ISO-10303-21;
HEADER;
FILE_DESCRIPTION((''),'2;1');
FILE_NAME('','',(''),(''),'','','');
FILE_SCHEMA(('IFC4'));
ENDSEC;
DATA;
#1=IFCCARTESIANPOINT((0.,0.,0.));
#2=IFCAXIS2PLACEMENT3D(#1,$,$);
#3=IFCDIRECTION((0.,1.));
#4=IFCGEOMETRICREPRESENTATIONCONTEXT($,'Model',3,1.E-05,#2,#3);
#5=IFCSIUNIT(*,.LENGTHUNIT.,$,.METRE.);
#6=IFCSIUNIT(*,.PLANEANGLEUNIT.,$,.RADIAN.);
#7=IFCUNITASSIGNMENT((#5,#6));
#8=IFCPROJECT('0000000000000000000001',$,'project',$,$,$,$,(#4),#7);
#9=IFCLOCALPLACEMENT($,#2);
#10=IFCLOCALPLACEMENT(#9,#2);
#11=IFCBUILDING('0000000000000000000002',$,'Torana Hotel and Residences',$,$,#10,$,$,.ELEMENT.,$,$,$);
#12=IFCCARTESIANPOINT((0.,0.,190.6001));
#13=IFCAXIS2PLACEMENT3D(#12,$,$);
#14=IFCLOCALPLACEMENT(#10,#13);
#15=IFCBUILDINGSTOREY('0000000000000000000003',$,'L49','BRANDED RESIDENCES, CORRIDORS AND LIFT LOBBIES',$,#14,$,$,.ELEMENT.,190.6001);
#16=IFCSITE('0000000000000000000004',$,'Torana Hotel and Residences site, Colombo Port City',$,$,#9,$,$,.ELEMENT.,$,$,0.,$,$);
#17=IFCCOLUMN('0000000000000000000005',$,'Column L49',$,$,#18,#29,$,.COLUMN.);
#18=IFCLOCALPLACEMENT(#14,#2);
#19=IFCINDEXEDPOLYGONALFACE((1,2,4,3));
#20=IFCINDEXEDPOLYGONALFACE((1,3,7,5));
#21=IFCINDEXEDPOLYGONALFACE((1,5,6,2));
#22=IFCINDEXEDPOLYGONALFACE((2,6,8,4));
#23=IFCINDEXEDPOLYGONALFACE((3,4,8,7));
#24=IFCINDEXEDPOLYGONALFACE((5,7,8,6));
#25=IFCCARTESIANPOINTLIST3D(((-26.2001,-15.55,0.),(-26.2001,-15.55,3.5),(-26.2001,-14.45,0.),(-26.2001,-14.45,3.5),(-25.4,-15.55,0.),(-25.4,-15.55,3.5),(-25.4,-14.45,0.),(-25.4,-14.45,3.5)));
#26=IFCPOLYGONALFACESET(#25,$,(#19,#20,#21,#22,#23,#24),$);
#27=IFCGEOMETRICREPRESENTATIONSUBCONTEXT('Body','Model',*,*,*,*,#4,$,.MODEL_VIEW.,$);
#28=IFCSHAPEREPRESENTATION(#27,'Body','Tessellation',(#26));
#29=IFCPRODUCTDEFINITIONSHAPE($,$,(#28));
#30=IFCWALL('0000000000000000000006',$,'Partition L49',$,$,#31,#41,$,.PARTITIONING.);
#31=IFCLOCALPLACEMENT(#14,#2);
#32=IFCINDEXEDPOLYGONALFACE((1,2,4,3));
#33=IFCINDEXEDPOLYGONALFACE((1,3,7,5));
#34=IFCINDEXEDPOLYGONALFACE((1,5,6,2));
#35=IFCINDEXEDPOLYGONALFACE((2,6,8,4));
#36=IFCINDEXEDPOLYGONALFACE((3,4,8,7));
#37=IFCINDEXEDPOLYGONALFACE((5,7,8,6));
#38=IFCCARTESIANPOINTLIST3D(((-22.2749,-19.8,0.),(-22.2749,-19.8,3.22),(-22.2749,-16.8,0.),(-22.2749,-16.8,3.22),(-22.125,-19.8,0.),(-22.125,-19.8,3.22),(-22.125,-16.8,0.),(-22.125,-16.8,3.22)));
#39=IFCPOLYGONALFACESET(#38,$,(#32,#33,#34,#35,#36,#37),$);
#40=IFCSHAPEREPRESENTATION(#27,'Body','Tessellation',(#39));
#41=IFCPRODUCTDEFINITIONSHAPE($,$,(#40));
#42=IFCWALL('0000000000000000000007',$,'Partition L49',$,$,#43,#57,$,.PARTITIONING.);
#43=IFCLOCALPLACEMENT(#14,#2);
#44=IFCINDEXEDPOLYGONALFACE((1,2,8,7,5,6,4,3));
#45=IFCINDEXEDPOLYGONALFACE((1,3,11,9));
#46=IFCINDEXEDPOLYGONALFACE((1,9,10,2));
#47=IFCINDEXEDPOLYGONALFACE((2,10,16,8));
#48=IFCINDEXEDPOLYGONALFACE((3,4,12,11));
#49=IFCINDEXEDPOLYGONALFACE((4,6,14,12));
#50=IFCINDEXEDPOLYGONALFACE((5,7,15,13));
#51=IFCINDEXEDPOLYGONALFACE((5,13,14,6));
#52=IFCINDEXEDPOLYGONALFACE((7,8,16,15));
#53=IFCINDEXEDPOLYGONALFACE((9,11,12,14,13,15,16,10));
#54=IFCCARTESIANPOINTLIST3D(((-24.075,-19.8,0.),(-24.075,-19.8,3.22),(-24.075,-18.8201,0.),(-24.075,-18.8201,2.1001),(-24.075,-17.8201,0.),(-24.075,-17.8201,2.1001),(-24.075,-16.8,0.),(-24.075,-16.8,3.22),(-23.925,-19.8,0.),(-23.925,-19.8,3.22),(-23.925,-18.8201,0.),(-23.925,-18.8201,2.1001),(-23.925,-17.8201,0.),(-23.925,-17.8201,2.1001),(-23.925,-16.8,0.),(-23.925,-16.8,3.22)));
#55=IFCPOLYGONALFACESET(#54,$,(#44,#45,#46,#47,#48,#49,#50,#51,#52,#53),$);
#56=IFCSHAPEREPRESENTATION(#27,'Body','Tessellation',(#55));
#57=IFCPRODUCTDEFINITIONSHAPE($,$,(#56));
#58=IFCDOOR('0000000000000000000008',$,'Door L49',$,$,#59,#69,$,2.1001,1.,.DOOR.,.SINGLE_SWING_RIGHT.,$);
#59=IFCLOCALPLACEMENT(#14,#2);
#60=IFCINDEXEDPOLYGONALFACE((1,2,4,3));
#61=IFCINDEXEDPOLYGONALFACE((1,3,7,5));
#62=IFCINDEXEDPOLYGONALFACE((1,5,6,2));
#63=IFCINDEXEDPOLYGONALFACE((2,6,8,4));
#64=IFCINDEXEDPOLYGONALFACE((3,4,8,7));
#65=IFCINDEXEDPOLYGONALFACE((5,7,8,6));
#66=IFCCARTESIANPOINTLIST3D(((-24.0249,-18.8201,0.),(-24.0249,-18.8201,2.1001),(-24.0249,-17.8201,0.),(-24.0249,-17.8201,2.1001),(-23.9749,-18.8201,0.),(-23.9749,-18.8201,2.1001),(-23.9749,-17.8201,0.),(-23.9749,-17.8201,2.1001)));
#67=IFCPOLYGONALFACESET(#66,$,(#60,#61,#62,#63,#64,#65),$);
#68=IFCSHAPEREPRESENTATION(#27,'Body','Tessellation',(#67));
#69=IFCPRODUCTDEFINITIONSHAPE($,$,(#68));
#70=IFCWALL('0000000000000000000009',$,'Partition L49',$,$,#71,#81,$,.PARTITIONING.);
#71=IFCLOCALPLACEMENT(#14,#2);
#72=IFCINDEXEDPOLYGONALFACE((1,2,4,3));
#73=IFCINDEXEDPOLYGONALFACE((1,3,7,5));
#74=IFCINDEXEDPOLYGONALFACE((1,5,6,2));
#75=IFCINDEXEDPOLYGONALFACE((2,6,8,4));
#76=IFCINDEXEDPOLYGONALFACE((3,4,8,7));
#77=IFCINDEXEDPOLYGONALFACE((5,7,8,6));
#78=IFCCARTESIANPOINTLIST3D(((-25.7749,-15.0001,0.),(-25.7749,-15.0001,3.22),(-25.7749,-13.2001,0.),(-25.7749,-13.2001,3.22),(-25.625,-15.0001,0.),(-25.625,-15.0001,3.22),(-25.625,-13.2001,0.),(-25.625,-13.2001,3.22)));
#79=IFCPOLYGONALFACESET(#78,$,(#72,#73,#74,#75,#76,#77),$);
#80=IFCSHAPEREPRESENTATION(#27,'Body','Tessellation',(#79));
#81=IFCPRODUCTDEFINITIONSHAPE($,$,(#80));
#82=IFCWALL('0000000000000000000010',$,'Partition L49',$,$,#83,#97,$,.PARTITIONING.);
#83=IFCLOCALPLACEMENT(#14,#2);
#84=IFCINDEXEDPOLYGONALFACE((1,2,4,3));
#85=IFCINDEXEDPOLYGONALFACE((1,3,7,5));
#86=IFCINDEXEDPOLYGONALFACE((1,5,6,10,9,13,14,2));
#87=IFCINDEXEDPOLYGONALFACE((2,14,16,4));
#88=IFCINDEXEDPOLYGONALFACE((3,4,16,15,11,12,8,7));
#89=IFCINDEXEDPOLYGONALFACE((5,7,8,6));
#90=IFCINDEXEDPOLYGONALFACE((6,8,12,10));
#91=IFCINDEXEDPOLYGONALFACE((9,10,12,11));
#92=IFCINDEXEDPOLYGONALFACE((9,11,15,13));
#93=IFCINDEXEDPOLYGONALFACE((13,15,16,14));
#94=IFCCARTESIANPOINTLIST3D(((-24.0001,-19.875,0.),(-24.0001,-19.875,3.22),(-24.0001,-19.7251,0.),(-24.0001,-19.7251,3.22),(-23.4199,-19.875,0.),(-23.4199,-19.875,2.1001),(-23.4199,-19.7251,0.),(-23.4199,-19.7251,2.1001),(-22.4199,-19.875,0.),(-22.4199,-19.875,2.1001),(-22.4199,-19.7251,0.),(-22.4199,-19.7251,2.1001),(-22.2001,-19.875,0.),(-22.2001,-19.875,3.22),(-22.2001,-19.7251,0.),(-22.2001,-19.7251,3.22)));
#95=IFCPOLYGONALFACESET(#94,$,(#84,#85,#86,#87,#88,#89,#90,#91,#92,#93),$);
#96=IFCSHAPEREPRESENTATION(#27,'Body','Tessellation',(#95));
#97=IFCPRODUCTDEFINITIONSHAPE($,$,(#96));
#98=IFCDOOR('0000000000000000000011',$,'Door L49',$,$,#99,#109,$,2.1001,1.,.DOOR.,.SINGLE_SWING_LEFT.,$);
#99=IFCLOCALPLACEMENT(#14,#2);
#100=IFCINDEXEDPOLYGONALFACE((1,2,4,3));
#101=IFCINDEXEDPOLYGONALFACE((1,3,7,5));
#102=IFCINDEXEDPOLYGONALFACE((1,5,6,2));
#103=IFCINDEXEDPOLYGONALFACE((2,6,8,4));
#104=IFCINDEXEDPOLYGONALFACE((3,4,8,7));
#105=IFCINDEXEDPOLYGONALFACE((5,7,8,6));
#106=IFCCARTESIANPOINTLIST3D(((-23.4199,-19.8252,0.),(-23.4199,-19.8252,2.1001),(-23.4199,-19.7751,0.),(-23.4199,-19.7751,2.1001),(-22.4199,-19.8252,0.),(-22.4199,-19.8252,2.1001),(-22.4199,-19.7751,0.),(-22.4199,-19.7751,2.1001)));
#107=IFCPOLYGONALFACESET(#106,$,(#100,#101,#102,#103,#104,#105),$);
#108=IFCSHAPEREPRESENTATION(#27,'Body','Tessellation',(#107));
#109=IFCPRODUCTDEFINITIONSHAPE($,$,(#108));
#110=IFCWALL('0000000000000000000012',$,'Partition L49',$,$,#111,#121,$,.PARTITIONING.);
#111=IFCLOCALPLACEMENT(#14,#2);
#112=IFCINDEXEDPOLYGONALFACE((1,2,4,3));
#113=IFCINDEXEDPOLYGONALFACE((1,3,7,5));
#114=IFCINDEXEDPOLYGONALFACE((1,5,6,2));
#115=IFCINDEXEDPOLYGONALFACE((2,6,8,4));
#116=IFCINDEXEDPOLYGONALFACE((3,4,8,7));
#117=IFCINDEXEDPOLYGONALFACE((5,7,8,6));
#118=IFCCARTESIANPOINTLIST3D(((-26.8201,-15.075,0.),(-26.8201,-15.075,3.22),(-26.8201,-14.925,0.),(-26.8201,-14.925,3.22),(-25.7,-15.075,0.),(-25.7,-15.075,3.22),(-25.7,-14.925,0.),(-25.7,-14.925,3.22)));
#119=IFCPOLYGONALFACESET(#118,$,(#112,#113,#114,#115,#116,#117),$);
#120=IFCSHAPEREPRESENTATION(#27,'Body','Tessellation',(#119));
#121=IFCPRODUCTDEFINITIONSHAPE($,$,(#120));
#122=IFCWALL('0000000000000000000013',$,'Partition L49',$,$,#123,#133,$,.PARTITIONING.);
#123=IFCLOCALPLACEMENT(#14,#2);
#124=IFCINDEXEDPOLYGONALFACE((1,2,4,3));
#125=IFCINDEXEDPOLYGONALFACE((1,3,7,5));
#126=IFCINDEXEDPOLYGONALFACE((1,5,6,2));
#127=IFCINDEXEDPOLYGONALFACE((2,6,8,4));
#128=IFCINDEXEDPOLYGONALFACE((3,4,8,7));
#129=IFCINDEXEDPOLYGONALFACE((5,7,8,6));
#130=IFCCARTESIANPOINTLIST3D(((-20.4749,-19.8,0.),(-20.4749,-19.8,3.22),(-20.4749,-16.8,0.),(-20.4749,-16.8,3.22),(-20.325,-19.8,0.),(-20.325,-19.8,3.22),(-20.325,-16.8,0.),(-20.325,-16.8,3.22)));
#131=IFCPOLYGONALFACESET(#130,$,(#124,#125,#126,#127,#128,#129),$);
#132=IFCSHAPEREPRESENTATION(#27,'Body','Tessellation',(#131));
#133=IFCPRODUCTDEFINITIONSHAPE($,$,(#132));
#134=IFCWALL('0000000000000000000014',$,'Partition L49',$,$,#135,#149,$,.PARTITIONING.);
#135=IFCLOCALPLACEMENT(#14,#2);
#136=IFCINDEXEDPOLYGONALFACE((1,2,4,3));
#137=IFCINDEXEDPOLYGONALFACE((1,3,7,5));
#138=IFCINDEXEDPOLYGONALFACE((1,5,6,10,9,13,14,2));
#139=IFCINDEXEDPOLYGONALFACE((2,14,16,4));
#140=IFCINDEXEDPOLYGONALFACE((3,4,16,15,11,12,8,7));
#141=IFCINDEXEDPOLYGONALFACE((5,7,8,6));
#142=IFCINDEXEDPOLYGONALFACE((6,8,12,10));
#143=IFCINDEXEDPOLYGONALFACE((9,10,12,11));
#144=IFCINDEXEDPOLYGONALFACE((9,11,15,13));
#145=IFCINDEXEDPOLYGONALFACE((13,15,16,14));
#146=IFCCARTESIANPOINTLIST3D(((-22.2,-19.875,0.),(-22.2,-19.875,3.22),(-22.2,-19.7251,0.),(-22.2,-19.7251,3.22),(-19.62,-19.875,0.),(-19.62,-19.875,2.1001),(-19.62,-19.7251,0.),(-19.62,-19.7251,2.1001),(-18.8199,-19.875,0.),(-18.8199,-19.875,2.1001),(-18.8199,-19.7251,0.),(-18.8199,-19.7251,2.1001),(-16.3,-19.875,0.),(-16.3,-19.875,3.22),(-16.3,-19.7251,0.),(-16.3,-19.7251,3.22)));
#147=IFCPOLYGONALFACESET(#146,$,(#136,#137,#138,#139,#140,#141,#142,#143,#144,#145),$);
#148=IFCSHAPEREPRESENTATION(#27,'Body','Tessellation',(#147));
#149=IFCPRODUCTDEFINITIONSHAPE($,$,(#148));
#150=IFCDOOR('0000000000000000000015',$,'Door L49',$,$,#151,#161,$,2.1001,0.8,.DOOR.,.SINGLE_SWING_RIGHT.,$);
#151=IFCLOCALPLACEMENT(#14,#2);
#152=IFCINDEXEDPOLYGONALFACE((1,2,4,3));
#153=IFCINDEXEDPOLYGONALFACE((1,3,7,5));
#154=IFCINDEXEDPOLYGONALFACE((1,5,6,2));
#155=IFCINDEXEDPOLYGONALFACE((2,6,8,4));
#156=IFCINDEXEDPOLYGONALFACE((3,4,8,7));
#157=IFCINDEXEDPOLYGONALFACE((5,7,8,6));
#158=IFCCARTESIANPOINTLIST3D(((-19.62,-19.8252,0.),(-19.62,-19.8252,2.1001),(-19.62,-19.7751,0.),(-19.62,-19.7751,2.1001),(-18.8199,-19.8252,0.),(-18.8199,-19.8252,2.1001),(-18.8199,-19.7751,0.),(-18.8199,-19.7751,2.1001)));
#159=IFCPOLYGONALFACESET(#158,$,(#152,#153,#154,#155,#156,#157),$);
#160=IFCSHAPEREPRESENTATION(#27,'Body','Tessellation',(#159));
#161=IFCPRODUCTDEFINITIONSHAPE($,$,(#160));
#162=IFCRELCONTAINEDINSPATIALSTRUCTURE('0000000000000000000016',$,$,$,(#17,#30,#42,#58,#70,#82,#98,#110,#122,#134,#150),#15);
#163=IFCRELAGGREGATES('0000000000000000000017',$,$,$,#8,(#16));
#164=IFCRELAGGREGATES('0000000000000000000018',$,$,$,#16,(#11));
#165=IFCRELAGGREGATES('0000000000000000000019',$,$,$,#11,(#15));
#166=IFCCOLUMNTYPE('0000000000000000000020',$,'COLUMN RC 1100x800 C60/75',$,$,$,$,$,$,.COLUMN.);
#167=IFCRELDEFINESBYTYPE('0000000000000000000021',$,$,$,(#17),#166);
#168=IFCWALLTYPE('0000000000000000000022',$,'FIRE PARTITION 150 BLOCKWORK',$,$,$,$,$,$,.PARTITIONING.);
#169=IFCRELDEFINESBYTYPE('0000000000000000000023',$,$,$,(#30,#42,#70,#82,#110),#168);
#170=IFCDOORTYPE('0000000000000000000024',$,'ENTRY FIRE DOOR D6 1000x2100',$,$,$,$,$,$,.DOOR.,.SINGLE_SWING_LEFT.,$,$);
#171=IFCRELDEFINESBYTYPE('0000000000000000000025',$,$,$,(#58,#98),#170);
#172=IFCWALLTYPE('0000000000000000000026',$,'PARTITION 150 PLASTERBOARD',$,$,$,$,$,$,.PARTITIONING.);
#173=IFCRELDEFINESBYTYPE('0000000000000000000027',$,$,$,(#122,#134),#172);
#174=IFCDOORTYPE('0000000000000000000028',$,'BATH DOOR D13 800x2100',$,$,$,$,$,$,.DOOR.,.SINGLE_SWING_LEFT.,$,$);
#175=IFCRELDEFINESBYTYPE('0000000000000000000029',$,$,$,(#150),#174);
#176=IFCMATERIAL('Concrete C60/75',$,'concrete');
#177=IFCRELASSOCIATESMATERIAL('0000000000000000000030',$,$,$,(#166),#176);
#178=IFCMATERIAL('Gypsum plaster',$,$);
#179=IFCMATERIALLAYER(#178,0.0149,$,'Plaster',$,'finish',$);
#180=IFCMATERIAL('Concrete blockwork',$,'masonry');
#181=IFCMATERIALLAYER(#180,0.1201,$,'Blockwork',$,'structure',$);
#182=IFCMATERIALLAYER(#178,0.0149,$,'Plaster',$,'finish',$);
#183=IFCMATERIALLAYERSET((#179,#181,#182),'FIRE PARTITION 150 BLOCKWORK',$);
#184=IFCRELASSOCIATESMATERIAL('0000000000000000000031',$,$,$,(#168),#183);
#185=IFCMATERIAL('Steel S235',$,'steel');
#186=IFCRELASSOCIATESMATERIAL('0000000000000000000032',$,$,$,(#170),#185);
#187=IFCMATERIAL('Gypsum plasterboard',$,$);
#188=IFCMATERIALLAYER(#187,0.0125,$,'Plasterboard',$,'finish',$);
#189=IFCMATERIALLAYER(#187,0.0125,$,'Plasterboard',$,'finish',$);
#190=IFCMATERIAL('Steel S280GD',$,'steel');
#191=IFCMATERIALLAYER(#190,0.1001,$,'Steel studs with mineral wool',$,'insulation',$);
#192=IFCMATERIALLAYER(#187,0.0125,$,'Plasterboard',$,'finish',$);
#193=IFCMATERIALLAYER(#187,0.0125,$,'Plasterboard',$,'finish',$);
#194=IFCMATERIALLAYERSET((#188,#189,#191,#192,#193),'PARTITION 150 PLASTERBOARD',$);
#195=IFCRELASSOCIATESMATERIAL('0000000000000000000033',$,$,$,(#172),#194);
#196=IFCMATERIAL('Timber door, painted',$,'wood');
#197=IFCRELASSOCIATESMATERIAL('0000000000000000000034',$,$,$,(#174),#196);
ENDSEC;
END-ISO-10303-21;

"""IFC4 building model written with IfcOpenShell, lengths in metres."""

from ifc_helpers import new_model, si_unit, direction, frame, frame_2d, origin, origin_2d, place, context, subcontext, project, spatial, rectangle, extrude, material, layer, layer_set, material_profile, profile_set, type_object, element, fill, save


model = new_model("IFC4")

# Units and contexts
model_context = context("Model", 3, precision=1e-05, world=origin(), true_north=direction((0.0, 1.0)))
body_context = subcontext(model_context, "Body", "Model", "MODEL_VIEW")
ifc_project = project(units=[si_unit("LENGTHUNIT", "METRE"), si_unit("PLANEANGLEUNIT", "RADIAN")], contexts=[model_context])

# Site, building, storey
site_placement = place(None, origin())
site = spatial("IfcSite", under=ifc_project, at=site_placement, Name="Torana Hotel and Residences site, Colombo Port City", CompositionType="ELEMENT", RefElevation=0.0)
building_placement = place(site_placement, origin())
building = spatial("IfcBuilding", under=site, at=building_placement, Name="Torana Hotel and Residences", CompositionType="ELEMENT")
storey_placement = place(building_placement, frame((0.0, 0.0, 190.6001)))
storey = spatial("IfcBuildingStorey", under=building, at=storey_placement, Name="L49", Description="BRANDED RESIDENCES, CORRIDORS AND LIFT LOBBIES", CompositionType="ELEMENT", Elevation=190.6001)

# Column
ifc_material_1 = material(Name="Concrete C60/75", Category="concrete")
ifc_material_profile = material_profile(ifc_material_1, rectangle(XDim=1.1001, YDim=0.8, at=origin_2d()), Name="RC 1100x800")
ifc_profile_set = profile_set([ifc_material_profile], Name="Concrete C60/75")
column_type = type_object("IfcColumnType", Name="COLUMN RC 1100x800 C60/75", PredefinedType="COLUMN", material=ifc_profile_set)
column_placement = place(storey_placement, frame((-25.8, -15.0, 0.0), z_axis=(0.0, 0.0, 1.0), x_axis=(0.0, 1.0, 0.0)))
element("IfcColumn", 1, at=column_placement, inside=storey, type_object=column_type, Name="Column L49", PredefinedType="COLUMN", context=body_context, shape_type="SweptSolid", body=[
    extrude(rectangle(XDim=1.1001, YDim=0.8, at=origin_2d()), origin(), (0.0, 0.0, 1.0), 3.5),
])

# Wall
ifc_material_2 = material(Name="Gypsum plaster")
ifc_layer_1 = layer(ifc_material_2, 0.0149, Name="Plaster", Category="finish")
ifc_material_3 = material(Name="Concrete blockwork", Category="masonry")
ifc_layer_2 = layer(ifc_material_3, 0.1201, Name="Blockwork", Category="structure")
ifc_layer_3 = layer(ifc_material_2, 0.0149, Name="Plaster", Category="finish")
ifc_layer_set_1 = layer_set([ifc_layer_1, ifc_layer_2, ifc_layer_3], Name="FIRE PARTITION 150 BLOCKWORK")
wall_type_1 = type_object("IfcWallType", Name="FIRE PARTITION 150 BLOCKWORK", PredefinedType="PARTITIONING", material=ifc_layer_set_1)
wall_1_placement = place(storey_placement, frame((-22.2, -19.8, 0.0), z_axis=(0.0, 0.0, 1.0), x_axis=(0.0, 1.0, 0.0)))
element("IfcWall", 2, at=wall_1_placement, inside=storey, type_object=wall_type_1, Name="Partition L49", PredefinedType="PARTITIONING", context=body_context, shape_type="SweptSolid", body=[
    extrude(rectangle(XDim=3.0, YDim=0.1499, at=frame_2d((1.5, 0.0))), origin(), (0.0, 0.0, 1.0), 3.22),
])

# Wall, opening, door
wall_2_placement = place(storey_placement, frame((-24.0, -19.8, 0.0), z_axis=(0.0, 0.0, 1.0), x_axis=(0.0, 1.0, 0.0)))
wall_2 = element("IfcWall", 3, at=wall_2_placement, inside=storey, type_object=wall_type_1, Name="Partition L49", PredefinedType="PARTITIONING", context=body_context, shape_type="SweptSolid", body=[
    extrude(rectangle(XDim=3.0, YDim=0.1499, at=frame_2d((1.5, 0.0))), origin(), (0.0, 0.0, 1.0), 3.22),
])
opening_1_placement = place(wall_2_placement, frame((0.98, 0.0, 0.0)))
opening_1 = element("IfcOpeningElement", 4, at=opening_1_placement, cuts=wall_2, PredefinedType="OPENING", context=body_context, shape_type="SweptSolid", body=[
    extrude(rectangle(XDim=1.0, YDim=2.1001, at=frame_2d((0.5, 1.05))), frame((0.0, 0.085, 0.0), z_axis=(0.0, -1.0, 0.0), x_axis=(1.0, 0.0, 0.0)), (0.0, 0.0, 1.0), 0.1699),
])
ifc_material_4 = material(Name="Steel S235", Category="steel")
door_type_1 = type_object("IfcDoorType", Name="ENTRY FIRE DOOR D6 1000x2100", OperationType="SINGLE_SWING_LEFT", PredefinedType="DOOR", material=ifc_material_4)
door_1_placement = place(opening_1_placement, origin())
door_1 = element("IfcDoor", 5, at=door_1_placement, inside=storey, type_object=door_type_1, Name="Door L49", OperationType="SINGLE_SWING_RIGHT", OverallHeight=2.1001, OverallWidth=1.0, PredefinedType="DOOR", context=body_context, shape_type="SweptSolid", body=[
    extrude(rectangle(XDim=1.0, YDim=2.1001, at=frame_2d((0.5, 1.05))), frame((0.0, 0.0249, 0.0), z_axis=(0.0, -1.0, 0.0), x_axis=(1.0, 0.0, 0.0)), (0.0, 0.0, 1.0), 0.05),
])
fill(opening_1, door_1)

# Wall
wall_3_placement = place(storey_placement, frame((-25.7, -15.0, 0.0), z_axis=(0.0, 0.0, 1.0), x_axis=(0.0, 1.0, 0.0)))
element("IfcWall", 6, at=wall_3_placement, inside=storey, type_object=wall_type_1, Name="Partition L49", PredefinedType="PARTITIONING", context=body_context, shape_type="SweptSolid", body=[
    extrude(rectangle(XDim=1.8, YDim=0.1499, at=frame_2d((0.8999, 0.0))), origin(), (0.0, 0.0, 1.0), 3.22),
])

# Wall, opening, door
wall_4_placement = place(storey_placement, frame((-24.0, -19.8, 0.0), z_axis=(0.0, 0.0, 1.0), x_axis=(1.0, 0.0, 0.0)))
wall_4 = element("IfcWall", 7, at=wall_4_placement, inside=storey, type_object=wall_type_1, Name="Partition L49", PredefinedType="PARTITIONING", context=body_context, shape_type="SweptSolid", body=[
    extrude(rectangle(XDim=1.8, YDim=0.1499, at=frame_2d((0.8999, 0.0))), origin(), (0.0, 0.0, 1.0), 3.22),
])
opening_2_placement = place(wall_4_placement, frame((0.5801, 0.0, 0.0)))
opening_2 = element("IfcOpeningElement", 8, at=opening_2_placement, cuts=wall_4, PredefinedType="OPENING", context=body_context, shape_type="SweptSolid", body=[
    extrude(rectangle(XDim=1.0, YDim=2.1001, at=frame_2d((0.5, 1.05))), frame((0.0, 0.085, 0.0), z_axis=(0.0, -1.0, 0.0), x_axis=(1.0, 0.0, 0.0)), (0.0, 0.0, 1.0), 0.1699),
])
door_2_placement = place(opening_2_placement, frame((0.5, 0.0, 0.0), z_axis=(0.0, 0.0, 1.0), x_axis=(-1.0, 0.0, 0.0)))
door_2 = element("IfcDoor", 9, at=door_2_placement, inside=storey, type_object=door_type_1, Name="Door L49", OperationType="SINGLE_SWING_LEFT", OverallHeight=2.1001, OverallWidth=1.0, PredefinedType="DOOR", context=body_context, shape_type="SweptSolid", body=[
    extrude(rectangle(XDim=1.0, YDim=2.1001, at=frame_2d((0.0, 1.05))), frame((0.0, -0.0249, 0.0), z_axis=(0.0, 1.0, 0.0), x_axis=(-1.0, 0.0, 0.0)), (0.0, 0.0, 1.0), 0.05),
])
fill(opening_2, door_2)

# Walls
wall_5_placement = place(storey_placement, frame((-26.8201, -15.0, 0.0), z_axis=(0.0, 0.0, 1.0), x_axis=(1.0, 0.0, 0.0)))
element("IfcWall", 10, at=wall_5_placement, inside=storey, type_object=wall_type_1, Name="Partition L49", PredefinedType="PARTITIONING", context=body_context, shape_type="SweptSolid", body=[
    extrude(rectangle(XDim=1.1201, YDim=0.1499, at=frame_2d((0.5601, 0.0))), origin(), (0.0, 0.0, 1.0), 3.22),
])
ifc_material_5 = material(Name="Gypsum plasterboard")
ifc_layer_4 = layer(ifc_material_5, 0.0125, Name="Plasterboard", Category="finish")
ifc_layer_5 = layer(ifc_material_5, 0.0125, Name="Plasterboard", Category="finish")
ifc_material_6 = material(Name="Steel S280GD", Category="steel")
ifc_layer_6 = layer(ifc_material_6, 0.1001, Name="Steel studs with mineral wool", Category="insulation")
ifc_layer_7 = layer(ifc_material_5, 0.0125, Name="Plasterboard", Category="finish")
ifc_layer_8 = layer(ifc_material_5, 0.0125, Name="Plasterboard", Category="finish")
ifc_layer_set_2 = layer_set([ifc_layer_4, ifc_layer_5, ifc_layer_6, ifc_layer_7, ifc_layer_8], Name="PARTITION 150 PLASTERBOARD")
wall_type_2 = type_object("IfcWallType", Name="PARTITION 150 PLASTERBOARD", PredefinedType="PARTITIONING", material=ifc_layer_set_2)
wall_6_placement = place(storey_placement, frame((-20.3999, -19.8, 0.0), z_axis=(0.0, 0.0, 1.0), x_axis=(0.0, 1.0, 0.0)))
element("IfcWall", 11, at=wall_6_placement, inside=storey, type_object=wall_type_2, Name="Partition L49", PredefinedType="PARTITIONING", context=body_context, shape_type="SweptSolid", body=[
    extrude(rectangle(XDim=3.0, YDim=0.1499, at=frame_2d((1.5, 0.0))), origin(), (0.0, 0.0, 1.0), 3.22),
])

# Wall, opening, door
wall_7_placement = place(storey_placement, frame((-22.2, -19.8, 0.0), z_axis=(0.0, 0.0, 1.0), x_axis=(1.0, 0.0, 0.0)))
wall_7 = element("IfcWall", 12, at=wall_7_placement, inside=storey, type_object=wall_type_2, Name="Partition L49", PredefinedType="PARTITIONING", context=body_context, shape_type="SweptSolid", body=[
    extrude(rectangle(XDim=5.8999, YDim=0.1499, at=frame_2d((2.95, 0.0))), origin(), (0.0, 0.0, 1.0), 3.22),
])
opening_3_placement = place(wall_7_placement, frame((2.5801, 0.0, 0.0)))
opening_3 = element("IfcOpeningElement", 13, at=opening_3_placement, cuts=wall_7, PredefinedType="OPENING", context=body_context, shape_type="SweptSolid", body=[
    extrude(rectangle(XDim=0.8, YDim=2.1001, at=frame_2d((0.3999, 1.05))), frame((0.0, 0.085, 0.0), z_axis=(0.0, -1.0, 0.0), x_axis=(1.0, 0.0, 0.0)), (0.0, 0.0, 1.0), 0.1699),
])
ifc_material_7 = material(Name="Timber door, painted", Category="wood")
door_type_2 = type_object("IfcDoorType", Name="BATH DOOR D13 800x2100", OperationType="SINGLE_SWING_LEFT", PredefinedType="DOOR", material=ifc_material_7)
door_3_placement = place(opening_3_placement, origin())
door_3 = element("IfcDoor", 14, at=door_3_placement, inside=storey, type_object=door_type_2, Name="Door L49", OperationType="SINGLE_SWING_RIGHT", OverallHeight=2.1001, OverallWidth=0.8, PredefinedType="DOOR", context=body_context, shape_type="SweptSolid", body=[
    extrude(rectangle(XDim=0.8, YDim=2.1001, at=frame_2d((0.3999, 1.05))), frame((0.0, 0.0249, 0.0), z_axis=(0.0, -1.0, 0.0), x_axis=(1.0, 0.0, 0.0)), (0.0, 0.0, 1.0), 0.05),
])
fill(opening_3, door_3)

save(model, "model.ifc")
